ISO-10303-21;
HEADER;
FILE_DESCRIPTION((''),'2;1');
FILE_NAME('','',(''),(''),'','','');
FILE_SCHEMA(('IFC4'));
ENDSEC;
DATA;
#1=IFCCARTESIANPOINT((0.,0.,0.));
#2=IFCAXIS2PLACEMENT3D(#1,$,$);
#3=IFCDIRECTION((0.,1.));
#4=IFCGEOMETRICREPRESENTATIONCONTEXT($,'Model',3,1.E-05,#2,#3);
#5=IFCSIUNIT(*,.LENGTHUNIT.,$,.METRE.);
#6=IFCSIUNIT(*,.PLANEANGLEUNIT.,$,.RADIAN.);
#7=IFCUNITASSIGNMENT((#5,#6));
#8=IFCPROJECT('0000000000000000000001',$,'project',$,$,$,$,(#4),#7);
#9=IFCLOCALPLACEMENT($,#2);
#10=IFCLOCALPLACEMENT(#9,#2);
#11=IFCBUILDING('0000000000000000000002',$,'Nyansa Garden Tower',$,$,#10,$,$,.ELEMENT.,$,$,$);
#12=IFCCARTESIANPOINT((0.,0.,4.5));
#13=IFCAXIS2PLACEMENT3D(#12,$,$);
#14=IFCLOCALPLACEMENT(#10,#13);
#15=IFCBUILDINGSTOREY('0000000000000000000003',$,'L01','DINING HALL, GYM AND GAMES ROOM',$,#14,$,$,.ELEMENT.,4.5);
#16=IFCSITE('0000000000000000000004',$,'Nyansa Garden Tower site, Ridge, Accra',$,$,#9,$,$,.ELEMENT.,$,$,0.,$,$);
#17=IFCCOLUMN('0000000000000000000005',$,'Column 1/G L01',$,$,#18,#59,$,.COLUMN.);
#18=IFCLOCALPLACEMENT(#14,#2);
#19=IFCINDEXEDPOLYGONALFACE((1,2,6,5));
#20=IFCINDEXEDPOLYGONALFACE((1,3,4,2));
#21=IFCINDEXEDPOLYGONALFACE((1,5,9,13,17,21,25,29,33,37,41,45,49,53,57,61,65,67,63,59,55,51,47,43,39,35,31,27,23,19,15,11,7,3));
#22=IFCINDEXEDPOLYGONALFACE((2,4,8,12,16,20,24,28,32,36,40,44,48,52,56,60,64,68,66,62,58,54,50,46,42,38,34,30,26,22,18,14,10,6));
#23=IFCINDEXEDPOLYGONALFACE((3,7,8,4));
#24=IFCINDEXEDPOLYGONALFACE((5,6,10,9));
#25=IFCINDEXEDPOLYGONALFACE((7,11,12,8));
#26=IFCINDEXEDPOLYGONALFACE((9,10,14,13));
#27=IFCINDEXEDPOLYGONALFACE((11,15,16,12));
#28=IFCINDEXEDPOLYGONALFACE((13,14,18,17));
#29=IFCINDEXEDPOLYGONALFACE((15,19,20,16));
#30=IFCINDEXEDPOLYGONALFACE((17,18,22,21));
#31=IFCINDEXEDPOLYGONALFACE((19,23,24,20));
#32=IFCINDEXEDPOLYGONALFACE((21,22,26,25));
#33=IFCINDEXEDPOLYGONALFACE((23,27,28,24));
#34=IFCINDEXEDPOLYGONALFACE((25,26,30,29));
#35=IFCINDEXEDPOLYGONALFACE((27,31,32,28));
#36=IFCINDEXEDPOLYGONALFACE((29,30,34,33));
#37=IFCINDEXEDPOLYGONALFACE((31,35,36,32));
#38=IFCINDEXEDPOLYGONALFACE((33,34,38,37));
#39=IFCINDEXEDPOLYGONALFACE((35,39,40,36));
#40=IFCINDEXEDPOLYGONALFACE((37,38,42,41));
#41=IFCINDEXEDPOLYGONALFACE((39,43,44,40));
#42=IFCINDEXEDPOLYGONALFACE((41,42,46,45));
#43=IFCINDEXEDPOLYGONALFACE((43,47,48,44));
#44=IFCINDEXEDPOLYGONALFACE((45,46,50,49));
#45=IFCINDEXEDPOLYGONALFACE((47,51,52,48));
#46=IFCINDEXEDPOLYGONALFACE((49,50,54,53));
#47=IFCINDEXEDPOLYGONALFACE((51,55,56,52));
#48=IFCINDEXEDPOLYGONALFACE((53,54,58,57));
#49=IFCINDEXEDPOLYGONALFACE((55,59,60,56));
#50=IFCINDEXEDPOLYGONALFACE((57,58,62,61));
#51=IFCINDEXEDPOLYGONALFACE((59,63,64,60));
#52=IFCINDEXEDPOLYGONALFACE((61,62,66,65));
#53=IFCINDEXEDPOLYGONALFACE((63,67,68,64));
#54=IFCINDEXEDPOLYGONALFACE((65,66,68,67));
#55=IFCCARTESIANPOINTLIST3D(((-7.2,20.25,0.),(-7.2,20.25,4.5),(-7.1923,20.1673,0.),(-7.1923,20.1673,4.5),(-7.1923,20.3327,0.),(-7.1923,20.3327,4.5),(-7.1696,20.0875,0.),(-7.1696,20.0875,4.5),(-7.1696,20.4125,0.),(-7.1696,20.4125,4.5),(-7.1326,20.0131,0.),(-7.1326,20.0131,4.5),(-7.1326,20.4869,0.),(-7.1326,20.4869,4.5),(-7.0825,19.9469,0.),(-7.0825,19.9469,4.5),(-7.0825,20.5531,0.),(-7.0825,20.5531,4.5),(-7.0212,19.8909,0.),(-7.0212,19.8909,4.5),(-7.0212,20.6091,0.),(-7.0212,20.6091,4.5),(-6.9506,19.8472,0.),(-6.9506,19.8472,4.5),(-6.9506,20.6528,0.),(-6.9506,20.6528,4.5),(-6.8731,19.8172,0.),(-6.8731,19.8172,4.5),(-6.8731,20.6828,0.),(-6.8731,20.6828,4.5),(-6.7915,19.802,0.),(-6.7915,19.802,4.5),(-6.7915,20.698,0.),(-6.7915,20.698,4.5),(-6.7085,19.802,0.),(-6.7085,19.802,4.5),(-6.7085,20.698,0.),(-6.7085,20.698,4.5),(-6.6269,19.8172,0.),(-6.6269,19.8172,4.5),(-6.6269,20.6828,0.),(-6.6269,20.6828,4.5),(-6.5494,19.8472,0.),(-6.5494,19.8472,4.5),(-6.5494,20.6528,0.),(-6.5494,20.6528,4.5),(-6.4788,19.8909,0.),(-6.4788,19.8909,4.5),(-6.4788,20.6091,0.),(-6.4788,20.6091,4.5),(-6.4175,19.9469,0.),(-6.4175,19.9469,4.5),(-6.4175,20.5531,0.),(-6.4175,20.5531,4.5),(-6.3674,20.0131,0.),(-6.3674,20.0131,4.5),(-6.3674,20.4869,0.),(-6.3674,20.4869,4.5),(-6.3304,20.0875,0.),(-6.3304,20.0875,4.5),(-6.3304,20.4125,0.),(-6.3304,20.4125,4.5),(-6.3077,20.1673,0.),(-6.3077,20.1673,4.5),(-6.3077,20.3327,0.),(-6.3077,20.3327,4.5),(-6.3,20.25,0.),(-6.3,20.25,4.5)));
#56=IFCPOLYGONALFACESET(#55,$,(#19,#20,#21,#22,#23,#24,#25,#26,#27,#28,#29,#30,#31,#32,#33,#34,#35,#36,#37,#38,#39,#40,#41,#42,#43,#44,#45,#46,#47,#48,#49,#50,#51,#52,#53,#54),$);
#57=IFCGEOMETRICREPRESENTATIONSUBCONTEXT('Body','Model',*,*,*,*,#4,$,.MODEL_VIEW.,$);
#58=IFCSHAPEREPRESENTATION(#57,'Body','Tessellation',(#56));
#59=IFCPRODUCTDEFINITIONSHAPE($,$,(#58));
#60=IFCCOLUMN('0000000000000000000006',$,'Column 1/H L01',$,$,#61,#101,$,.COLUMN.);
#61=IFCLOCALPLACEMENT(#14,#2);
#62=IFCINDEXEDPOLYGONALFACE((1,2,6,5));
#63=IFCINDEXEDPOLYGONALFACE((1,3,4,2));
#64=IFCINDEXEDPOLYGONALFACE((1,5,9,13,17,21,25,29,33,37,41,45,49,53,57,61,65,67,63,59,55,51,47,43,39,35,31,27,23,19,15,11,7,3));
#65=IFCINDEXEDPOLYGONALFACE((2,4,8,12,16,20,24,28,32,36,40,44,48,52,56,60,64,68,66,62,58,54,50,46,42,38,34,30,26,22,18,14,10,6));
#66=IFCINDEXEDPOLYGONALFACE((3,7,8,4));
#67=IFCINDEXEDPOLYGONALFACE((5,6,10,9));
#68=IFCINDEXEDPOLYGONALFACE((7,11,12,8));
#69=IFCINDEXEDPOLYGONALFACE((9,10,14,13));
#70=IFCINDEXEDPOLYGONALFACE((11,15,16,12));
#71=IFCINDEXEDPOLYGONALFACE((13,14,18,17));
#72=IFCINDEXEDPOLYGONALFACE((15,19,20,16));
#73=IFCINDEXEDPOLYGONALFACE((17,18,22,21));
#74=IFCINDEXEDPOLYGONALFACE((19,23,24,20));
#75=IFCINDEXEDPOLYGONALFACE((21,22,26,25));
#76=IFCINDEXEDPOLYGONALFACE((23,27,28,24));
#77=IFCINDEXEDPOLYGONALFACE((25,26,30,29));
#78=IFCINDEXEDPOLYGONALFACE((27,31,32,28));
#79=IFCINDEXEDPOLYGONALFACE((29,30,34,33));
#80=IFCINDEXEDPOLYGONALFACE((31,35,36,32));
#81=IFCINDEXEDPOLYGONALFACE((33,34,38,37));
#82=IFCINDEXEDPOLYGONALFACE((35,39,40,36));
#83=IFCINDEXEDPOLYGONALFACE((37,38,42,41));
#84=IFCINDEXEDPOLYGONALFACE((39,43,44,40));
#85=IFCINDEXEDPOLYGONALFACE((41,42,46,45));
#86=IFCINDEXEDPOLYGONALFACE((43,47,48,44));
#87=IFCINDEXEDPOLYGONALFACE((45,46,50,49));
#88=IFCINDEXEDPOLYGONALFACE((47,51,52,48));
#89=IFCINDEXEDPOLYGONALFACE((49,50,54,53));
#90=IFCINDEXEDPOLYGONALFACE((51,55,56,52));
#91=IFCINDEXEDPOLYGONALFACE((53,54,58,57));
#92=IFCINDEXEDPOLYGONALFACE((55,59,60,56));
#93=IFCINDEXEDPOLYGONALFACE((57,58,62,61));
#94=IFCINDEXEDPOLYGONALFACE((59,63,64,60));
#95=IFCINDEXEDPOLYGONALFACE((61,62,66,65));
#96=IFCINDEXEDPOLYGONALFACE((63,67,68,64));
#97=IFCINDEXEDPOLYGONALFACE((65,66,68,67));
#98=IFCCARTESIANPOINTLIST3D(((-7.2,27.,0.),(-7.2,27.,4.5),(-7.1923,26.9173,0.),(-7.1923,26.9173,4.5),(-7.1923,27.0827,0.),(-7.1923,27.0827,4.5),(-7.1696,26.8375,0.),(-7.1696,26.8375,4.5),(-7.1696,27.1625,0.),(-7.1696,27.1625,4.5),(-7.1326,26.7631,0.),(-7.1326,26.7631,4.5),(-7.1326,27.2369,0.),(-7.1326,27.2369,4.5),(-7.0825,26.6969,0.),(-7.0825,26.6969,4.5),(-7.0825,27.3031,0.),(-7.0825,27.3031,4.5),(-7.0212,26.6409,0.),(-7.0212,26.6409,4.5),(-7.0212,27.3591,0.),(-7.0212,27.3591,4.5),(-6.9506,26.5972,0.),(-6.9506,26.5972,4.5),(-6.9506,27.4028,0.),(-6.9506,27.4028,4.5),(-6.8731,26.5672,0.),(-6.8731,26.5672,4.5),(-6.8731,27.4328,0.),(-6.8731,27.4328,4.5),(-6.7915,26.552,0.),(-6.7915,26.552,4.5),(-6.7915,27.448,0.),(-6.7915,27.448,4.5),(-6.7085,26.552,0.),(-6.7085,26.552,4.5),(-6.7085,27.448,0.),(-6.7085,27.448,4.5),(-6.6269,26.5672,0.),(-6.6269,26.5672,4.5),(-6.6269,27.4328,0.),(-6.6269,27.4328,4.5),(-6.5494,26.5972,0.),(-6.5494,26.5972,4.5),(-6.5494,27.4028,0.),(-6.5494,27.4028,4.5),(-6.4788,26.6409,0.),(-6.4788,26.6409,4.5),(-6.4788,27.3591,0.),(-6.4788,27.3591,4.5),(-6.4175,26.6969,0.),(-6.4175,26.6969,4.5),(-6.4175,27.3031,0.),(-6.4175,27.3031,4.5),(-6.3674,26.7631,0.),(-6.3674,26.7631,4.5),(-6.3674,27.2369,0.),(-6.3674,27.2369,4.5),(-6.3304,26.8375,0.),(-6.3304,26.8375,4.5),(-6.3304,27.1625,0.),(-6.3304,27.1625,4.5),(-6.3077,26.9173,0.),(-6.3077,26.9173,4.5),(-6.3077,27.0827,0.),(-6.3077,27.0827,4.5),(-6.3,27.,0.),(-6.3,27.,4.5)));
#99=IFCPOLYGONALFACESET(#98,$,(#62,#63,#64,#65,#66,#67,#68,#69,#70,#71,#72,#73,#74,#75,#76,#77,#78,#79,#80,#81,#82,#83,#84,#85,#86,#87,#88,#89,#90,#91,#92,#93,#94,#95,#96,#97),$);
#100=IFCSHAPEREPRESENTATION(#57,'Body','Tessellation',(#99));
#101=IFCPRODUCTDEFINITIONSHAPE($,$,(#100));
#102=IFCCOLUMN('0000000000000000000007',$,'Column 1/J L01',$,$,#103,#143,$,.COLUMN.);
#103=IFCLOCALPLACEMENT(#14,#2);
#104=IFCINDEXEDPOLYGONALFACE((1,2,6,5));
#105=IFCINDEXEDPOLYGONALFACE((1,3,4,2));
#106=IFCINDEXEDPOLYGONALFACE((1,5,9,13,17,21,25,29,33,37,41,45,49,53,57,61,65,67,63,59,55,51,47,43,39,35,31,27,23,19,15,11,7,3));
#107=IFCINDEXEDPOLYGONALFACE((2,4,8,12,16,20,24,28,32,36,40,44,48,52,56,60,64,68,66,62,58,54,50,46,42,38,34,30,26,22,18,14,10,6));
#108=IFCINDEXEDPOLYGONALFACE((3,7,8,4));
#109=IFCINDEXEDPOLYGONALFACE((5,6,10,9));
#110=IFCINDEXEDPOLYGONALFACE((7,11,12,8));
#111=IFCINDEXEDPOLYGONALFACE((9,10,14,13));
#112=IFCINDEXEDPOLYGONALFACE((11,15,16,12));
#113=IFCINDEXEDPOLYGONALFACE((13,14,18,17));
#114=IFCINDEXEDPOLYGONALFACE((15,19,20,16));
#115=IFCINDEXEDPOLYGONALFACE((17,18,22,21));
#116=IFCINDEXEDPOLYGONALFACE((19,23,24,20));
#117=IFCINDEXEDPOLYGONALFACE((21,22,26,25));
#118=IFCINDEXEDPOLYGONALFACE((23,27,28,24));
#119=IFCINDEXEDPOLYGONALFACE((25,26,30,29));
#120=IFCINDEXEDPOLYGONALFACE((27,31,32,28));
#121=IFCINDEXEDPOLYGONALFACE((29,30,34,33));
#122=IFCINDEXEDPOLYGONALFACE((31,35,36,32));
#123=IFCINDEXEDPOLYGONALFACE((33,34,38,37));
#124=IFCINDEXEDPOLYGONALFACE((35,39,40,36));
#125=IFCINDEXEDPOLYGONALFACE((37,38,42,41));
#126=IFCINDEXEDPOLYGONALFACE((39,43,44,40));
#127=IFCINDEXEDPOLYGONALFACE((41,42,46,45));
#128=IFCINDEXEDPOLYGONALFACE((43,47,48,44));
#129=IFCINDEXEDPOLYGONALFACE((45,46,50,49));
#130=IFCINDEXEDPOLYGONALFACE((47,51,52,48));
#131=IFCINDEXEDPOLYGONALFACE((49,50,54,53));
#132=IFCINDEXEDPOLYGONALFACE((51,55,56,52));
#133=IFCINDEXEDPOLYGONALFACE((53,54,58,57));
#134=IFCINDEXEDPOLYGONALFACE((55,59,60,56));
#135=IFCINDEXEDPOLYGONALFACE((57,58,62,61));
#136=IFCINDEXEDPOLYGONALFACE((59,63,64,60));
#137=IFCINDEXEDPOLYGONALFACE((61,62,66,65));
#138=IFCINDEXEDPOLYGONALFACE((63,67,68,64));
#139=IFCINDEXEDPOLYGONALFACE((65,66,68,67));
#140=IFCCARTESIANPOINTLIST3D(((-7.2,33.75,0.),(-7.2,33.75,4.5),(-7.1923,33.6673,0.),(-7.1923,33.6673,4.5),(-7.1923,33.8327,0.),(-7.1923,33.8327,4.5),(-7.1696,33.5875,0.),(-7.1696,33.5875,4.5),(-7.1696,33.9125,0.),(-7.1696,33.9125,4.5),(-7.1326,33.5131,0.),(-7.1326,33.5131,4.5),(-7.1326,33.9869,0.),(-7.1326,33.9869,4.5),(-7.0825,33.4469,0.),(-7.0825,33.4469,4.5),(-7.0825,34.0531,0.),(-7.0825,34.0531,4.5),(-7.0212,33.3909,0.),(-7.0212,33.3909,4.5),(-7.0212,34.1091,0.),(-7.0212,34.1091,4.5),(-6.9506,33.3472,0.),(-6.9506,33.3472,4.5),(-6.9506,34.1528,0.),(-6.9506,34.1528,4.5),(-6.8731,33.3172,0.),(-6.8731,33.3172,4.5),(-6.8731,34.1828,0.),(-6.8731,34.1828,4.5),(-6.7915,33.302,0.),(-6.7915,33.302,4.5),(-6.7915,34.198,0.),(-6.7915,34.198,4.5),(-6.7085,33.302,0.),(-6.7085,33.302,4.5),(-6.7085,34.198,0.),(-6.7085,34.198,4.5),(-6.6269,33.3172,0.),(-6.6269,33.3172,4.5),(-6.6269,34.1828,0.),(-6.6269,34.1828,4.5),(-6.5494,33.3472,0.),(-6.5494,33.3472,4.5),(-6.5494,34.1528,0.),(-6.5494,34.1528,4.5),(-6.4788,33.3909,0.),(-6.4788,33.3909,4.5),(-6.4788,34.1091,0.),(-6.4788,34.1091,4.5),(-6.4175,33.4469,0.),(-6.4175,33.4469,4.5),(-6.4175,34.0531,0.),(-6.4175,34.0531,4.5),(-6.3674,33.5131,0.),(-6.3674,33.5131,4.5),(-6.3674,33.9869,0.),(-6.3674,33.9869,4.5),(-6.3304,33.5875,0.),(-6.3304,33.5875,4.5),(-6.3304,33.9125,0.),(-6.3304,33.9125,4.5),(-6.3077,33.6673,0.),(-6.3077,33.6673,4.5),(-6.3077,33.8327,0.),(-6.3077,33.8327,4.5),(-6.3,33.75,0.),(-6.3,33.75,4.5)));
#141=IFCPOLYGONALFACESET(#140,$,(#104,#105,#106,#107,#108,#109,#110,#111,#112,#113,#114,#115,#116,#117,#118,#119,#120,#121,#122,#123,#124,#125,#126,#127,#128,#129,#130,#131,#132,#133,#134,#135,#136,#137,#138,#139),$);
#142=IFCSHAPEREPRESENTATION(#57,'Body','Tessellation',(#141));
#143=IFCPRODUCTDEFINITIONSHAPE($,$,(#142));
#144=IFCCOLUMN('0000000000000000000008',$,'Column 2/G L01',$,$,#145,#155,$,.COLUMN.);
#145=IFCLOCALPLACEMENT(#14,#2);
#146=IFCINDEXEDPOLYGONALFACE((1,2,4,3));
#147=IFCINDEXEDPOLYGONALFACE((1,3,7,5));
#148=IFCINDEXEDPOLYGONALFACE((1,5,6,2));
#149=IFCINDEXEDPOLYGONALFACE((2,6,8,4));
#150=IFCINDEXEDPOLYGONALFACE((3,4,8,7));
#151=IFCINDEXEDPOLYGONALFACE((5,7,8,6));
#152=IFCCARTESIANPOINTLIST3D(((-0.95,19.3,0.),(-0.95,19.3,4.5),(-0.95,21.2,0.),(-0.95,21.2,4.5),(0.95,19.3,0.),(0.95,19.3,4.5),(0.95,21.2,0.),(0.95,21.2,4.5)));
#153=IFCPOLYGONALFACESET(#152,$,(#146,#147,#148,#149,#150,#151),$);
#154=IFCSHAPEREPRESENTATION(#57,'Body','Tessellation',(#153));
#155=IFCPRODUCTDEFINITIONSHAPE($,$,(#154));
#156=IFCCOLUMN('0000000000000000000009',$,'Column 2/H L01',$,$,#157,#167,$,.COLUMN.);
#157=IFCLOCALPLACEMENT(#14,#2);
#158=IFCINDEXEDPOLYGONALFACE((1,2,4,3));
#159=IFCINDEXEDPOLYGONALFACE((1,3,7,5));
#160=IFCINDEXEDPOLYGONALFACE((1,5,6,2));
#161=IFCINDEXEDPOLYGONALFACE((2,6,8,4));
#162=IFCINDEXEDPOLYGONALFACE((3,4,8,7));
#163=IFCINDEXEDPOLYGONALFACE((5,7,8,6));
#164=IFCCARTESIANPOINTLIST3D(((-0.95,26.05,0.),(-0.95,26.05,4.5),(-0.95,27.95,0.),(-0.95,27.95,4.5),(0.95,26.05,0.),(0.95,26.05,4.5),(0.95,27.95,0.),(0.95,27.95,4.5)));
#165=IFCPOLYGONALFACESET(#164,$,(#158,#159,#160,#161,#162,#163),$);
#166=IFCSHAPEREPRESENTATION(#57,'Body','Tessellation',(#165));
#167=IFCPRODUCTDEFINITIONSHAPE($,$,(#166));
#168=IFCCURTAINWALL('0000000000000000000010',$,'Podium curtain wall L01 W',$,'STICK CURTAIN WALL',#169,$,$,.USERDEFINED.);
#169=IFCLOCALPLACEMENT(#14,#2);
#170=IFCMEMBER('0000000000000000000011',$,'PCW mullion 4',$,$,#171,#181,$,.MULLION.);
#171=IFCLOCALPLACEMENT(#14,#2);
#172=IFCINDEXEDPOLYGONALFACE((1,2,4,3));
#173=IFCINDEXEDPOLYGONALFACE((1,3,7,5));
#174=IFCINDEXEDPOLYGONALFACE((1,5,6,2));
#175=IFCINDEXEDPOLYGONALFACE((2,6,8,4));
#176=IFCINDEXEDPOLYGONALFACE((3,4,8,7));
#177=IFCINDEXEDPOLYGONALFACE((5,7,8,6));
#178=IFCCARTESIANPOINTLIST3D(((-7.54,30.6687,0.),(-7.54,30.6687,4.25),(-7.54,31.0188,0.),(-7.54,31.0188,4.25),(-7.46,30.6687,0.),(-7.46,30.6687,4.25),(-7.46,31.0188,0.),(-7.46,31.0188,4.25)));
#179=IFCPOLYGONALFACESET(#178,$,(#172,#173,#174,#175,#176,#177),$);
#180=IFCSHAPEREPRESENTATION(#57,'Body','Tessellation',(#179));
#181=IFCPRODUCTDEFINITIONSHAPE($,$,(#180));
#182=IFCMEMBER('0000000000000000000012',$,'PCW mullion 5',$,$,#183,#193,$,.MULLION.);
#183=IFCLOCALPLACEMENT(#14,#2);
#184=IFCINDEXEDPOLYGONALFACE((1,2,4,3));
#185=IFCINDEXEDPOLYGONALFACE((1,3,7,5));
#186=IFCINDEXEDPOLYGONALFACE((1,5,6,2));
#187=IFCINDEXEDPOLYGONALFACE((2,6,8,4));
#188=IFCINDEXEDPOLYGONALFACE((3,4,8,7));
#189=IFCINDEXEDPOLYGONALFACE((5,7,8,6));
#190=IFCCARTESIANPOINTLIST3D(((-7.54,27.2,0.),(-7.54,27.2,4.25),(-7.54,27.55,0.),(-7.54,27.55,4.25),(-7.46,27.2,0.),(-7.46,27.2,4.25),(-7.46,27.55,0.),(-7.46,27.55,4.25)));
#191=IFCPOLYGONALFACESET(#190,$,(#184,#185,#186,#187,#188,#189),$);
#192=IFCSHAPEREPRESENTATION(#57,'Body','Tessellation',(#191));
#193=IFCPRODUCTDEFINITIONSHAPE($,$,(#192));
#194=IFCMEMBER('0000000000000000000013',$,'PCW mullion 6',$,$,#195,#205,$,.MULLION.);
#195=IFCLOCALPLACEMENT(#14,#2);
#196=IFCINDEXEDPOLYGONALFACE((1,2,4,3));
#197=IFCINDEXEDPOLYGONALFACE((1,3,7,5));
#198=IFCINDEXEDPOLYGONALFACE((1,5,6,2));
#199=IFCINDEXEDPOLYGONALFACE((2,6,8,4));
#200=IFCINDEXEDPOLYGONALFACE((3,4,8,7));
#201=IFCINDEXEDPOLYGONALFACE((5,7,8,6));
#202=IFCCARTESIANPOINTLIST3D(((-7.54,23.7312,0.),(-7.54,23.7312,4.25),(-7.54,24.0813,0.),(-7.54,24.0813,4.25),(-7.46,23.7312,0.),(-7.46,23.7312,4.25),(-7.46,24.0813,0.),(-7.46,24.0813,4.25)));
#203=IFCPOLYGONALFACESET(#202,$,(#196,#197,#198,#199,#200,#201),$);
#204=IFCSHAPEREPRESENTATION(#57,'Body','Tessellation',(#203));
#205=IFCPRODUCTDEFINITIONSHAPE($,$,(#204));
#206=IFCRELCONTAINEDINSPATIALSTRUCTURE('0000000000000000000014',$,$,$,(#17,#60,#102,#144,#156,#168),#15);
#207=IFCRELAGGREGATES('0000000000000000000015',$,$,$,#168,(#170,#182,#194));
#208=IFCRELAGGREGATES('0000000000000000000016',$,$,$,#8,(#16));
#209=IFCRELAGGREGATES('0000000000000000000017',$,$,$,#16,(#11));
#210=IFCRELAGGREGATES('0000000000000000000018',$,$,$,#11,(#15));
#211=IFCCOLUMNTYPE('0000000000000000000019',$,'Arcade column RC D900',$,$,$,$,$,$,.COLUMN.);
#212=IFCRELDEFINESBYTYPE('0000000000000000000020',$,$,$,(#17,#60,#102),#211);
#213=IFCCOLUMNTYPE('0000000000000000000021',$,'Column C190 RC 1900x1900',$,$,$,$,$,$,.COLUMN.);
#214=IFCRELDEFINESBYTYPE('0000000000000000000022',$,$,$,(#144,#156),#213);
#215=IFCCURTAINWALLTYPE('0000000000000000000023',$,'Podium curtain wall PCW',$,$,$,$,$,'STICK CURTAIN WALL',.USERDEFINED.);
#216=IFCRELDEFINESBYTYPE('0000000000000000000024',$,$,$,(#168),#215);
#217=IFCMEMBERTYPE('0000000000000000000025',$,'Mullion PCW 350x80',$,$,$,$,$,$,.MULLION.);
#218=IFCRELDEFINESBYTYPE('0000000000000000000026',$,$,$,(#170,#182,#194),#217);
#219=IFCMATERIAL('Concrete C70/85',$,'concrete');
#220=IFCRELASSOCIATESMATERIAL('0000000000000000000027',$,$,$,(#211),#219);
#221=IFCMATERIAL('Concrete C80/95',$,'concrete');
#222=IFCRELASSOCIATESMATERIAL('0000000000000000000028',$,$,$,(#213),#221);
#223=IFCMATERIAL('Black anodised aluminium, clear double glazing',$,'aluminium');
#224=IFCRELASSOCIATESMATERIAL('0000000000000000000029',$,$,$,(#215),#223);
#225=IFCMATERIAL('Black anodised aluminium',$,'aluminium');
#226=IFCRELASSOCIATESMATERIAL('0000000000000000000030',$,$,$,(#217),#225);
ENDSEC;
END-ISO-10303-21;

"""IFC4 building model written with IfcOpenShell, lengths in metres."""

from ifc_helpers import new_model, si_unit, direction, frame, origin, origin_2d, place, context, subcontext, project, spatial, rectangle, circle, extrude, material, material_profile, profile_set, type_object, element, aggregate, save


model = new_model("IFC4")

# Units and contexts
model_context = context("Model", 3, precision=1e-05, world=origin(), true_north=direction((0.0, 1.0)))
body_context = subcontext(model_context, "Body", "Model", "MODEL_VIEW")
ifc_project = project(units=[si_unit("LENGTHUNIT", "METRE"), si_unit("PLANEANGLEUNIT", "RADIAN")], contexts=[model_context])

# Site, building, storey
site_placement = place(None, origin())
site = spatial("IfcSite", under=ifc_project, at=site_placement, Name="Nyansa Garden Tower site, Ridge, Accra", CompositionType="ELEMENT", RefElevation=0.0)
building_placement = place(site_placement, origin())
building = spatial("IfcBuilding", under=site, at=building_placement, Name="Nyansa Garden Tower", CompositionType="ELEMENT")
storey_placement = place(building_placement, frame((0.0, 0.0, 4.5)))
storey = spatial("IfcBuildingStorey", under=building, at=storey_placement, Name="L01", Description="DINING HALL, GYM AND GAMES ROOM", CompositionType="ELEMENT", Elevation=4.5)

# Columns
ifc_material_1 = material(Name="Concrete C70/85", Category="concrete")
ifc_material_profile_1 = material_profile(ifc_material_1, circle(Radius=0.45, at=origin_2d()), Name="RC D900")
ifc_profile_set_1 = profile_set([ifc_material_profile_1], Name="Concrete C70/85")
column_type_1 = type_object("IfcColumnType", Name="Arcade column RC D900", PredefinedType="COLUMN", material=ifc_profile_set_1)
for number, where, z_axis, x_axis, name in (
    (1, (-6.75, 20.25, 0.0), (0.0, 0.0, 1.0), (1.0, 0.0, 0.0), "Column 1/G L01"),
    (2, (-6.75, 27.0, 0.0), (0.0, 0.0, 1.0), (1.0, 0.0, 0.0), "Column 1/H L01"),
    (3, (-6.75, 33.75, 0.0), (0.0, 0.0, 1.0), (1.0, 0.0, 0.0), "Column 1/J L01"),
):
    element("IfcColumn", number, at=place(storey_placement, frame(where, z_axis=z_axis, x_axis=x_axis)), inside=storey, type_object=column_type_1, Name=name, PredefinedType="COLUMN", context=body_context, shape_type="SweptSolid", body=[
        extrude(circle(Radius=0.45, at=origin_2d()), origin(), (0.0, 0.0, 1.0), 4.5),
    ])
ifc_material_2 = material(Name="Concrete C80/95", Category="concrete")
ifc_material_profile_2 = material_profile(ifc_material_2, rectangle(XDim=1.8999, YDim=1.8999, at=origin_2d()), Name="RC 1900x1900")
ifc_profile_set_2 = profile_set([ifc_material_profile_2], Name="Concrete C80/95")
column_type_2 = type_object("IfcColumnType", Name="Column C190 RC 1900x1900", PredefinedType="COLUMN", material=ifc_profile_set_2)
for number, where, z_axis, x_axis, name in (
    (4, (0.0, 20.25, 0.0), (0.0, 0.0, 1.0), (1.0, 0.0, 0.0), "Column 2/G L01"),
    (5, (0.0, 27.0, 0.0), (0.0, 0.0, 1.0), (1.0, 0.0, 0.0), "Column 2/H L01"),
):
    element("IfcColumn", number, at=place(storey_placement, frame(where, z_axis=z_axis, x_axis=x_axis)), inside=storey, type_object=column_type_2, Name=name, PredefinedType="COLUMN", context=body_context, shape_type="SweptSolid", body=[
        extrude(rectangle(XDim=1.8999, YDim=1.8999, at=origin_2d()), origin(), (0.0, 0.0, 1.0), 4.5),
    ])

# Curtain wall, members
ifc_material_3 = material(Name="Black anodised aluminium, clear double glazing", Category="aluminium")
curtain_wall_type = type_object("IfcCurtainWallType", Name="Podium curtain wall PCW", ElementType="STICK CURTAIN WALL", PredefinedType="USERDEFINED", material=ifc_material_3)
curtain_wall_placement = place(storey_placement, origin())
curtain_wall = element("IfcCurtainWall", 6, at=curtain_wall_placement, inside=storey, type_object=curtain_wall_type, Name="Podium curtain wall L01 W", ObjectType="STICK CURTAIN WALL", PredefinedType="USERDEFINED")
ifc_material_4 = material(Name="Black anodised aluminium", Category="aluminium")
ifc_material_profile_3 = material_profile(ifc_material_4, rectangle(XDim=0.0801, YDim=0.3501, at=origin_2d()), Name="Mullion 350x80")
ifc_profile_set_3 = profile_set([ifc_material_profile_3], Name="Black anodised aluminium")
member_type_1 = type_object("IfcMemberType", Name="Mullion PCW 350x80", PredefinedType="MULLION", material=ifc_profile_set_3)
member_1_placement = place(storey_placement, frame((-7.5, 30.8438, 0.0), z_axis=(0.0, 0.0, 1.0), x_axis=(1.0, 0.0, 0.0)))
member_1 = element("IfcMember", 7, at=member_1_placement, type_object=member_type_1, Name="PCW mullion 4", PredefinedType="MULLION", context=body_context, shape_type="SweptSolid", body=[
    extrude(rectangle(XDim=0.0801, YDim=0.3501, at=origin_2d()), origin(), (0.0, 0.0, 1.0), 4.25),
])
member_2_placement = place(storey_placement, frame((-7.5, 27.375, 0.0), z_axis=(0.0, 0.0, 1.0), x_axis=(1.0, 0.0, 0.0)))
member_2 = element("IfcMember", 8, at=member_2_placement, type_object=member_type_1, Name="PCW mullion 5", PredefinedType="MULLION", context=body_context, shape_type="SweptSolid", body=[
    extrude(rectangle(XDim=0.0801, YDim=0.3501, at=origin_2d()), origin(), (0.0, 0.0, 1.0), 4.25),
])
member_3_placement = place(storey_placement, frame((-7.5, 23.9062, 0.0), z_axis=(0.0, 0.0, 1.0), x_axis=(1.0, 0.0, 0.0)))
member_3 = element("IfcMember", 9, at=member_3_placement, type_object=member_type_1, Name="PCW mullion 6", PredefinedType="MULLION", context=body_context, shape_type="SweptSolid", body=[
    extrude(rectangle(XDim=0.0801, YDim=0.3501, at=origin_2d()), origin(), (0.0, 0.0, 1.0), 4.25),
])

aggregate(curtain_wall, [member_1, member_2, member_3])

save(model, "model.ifc")
